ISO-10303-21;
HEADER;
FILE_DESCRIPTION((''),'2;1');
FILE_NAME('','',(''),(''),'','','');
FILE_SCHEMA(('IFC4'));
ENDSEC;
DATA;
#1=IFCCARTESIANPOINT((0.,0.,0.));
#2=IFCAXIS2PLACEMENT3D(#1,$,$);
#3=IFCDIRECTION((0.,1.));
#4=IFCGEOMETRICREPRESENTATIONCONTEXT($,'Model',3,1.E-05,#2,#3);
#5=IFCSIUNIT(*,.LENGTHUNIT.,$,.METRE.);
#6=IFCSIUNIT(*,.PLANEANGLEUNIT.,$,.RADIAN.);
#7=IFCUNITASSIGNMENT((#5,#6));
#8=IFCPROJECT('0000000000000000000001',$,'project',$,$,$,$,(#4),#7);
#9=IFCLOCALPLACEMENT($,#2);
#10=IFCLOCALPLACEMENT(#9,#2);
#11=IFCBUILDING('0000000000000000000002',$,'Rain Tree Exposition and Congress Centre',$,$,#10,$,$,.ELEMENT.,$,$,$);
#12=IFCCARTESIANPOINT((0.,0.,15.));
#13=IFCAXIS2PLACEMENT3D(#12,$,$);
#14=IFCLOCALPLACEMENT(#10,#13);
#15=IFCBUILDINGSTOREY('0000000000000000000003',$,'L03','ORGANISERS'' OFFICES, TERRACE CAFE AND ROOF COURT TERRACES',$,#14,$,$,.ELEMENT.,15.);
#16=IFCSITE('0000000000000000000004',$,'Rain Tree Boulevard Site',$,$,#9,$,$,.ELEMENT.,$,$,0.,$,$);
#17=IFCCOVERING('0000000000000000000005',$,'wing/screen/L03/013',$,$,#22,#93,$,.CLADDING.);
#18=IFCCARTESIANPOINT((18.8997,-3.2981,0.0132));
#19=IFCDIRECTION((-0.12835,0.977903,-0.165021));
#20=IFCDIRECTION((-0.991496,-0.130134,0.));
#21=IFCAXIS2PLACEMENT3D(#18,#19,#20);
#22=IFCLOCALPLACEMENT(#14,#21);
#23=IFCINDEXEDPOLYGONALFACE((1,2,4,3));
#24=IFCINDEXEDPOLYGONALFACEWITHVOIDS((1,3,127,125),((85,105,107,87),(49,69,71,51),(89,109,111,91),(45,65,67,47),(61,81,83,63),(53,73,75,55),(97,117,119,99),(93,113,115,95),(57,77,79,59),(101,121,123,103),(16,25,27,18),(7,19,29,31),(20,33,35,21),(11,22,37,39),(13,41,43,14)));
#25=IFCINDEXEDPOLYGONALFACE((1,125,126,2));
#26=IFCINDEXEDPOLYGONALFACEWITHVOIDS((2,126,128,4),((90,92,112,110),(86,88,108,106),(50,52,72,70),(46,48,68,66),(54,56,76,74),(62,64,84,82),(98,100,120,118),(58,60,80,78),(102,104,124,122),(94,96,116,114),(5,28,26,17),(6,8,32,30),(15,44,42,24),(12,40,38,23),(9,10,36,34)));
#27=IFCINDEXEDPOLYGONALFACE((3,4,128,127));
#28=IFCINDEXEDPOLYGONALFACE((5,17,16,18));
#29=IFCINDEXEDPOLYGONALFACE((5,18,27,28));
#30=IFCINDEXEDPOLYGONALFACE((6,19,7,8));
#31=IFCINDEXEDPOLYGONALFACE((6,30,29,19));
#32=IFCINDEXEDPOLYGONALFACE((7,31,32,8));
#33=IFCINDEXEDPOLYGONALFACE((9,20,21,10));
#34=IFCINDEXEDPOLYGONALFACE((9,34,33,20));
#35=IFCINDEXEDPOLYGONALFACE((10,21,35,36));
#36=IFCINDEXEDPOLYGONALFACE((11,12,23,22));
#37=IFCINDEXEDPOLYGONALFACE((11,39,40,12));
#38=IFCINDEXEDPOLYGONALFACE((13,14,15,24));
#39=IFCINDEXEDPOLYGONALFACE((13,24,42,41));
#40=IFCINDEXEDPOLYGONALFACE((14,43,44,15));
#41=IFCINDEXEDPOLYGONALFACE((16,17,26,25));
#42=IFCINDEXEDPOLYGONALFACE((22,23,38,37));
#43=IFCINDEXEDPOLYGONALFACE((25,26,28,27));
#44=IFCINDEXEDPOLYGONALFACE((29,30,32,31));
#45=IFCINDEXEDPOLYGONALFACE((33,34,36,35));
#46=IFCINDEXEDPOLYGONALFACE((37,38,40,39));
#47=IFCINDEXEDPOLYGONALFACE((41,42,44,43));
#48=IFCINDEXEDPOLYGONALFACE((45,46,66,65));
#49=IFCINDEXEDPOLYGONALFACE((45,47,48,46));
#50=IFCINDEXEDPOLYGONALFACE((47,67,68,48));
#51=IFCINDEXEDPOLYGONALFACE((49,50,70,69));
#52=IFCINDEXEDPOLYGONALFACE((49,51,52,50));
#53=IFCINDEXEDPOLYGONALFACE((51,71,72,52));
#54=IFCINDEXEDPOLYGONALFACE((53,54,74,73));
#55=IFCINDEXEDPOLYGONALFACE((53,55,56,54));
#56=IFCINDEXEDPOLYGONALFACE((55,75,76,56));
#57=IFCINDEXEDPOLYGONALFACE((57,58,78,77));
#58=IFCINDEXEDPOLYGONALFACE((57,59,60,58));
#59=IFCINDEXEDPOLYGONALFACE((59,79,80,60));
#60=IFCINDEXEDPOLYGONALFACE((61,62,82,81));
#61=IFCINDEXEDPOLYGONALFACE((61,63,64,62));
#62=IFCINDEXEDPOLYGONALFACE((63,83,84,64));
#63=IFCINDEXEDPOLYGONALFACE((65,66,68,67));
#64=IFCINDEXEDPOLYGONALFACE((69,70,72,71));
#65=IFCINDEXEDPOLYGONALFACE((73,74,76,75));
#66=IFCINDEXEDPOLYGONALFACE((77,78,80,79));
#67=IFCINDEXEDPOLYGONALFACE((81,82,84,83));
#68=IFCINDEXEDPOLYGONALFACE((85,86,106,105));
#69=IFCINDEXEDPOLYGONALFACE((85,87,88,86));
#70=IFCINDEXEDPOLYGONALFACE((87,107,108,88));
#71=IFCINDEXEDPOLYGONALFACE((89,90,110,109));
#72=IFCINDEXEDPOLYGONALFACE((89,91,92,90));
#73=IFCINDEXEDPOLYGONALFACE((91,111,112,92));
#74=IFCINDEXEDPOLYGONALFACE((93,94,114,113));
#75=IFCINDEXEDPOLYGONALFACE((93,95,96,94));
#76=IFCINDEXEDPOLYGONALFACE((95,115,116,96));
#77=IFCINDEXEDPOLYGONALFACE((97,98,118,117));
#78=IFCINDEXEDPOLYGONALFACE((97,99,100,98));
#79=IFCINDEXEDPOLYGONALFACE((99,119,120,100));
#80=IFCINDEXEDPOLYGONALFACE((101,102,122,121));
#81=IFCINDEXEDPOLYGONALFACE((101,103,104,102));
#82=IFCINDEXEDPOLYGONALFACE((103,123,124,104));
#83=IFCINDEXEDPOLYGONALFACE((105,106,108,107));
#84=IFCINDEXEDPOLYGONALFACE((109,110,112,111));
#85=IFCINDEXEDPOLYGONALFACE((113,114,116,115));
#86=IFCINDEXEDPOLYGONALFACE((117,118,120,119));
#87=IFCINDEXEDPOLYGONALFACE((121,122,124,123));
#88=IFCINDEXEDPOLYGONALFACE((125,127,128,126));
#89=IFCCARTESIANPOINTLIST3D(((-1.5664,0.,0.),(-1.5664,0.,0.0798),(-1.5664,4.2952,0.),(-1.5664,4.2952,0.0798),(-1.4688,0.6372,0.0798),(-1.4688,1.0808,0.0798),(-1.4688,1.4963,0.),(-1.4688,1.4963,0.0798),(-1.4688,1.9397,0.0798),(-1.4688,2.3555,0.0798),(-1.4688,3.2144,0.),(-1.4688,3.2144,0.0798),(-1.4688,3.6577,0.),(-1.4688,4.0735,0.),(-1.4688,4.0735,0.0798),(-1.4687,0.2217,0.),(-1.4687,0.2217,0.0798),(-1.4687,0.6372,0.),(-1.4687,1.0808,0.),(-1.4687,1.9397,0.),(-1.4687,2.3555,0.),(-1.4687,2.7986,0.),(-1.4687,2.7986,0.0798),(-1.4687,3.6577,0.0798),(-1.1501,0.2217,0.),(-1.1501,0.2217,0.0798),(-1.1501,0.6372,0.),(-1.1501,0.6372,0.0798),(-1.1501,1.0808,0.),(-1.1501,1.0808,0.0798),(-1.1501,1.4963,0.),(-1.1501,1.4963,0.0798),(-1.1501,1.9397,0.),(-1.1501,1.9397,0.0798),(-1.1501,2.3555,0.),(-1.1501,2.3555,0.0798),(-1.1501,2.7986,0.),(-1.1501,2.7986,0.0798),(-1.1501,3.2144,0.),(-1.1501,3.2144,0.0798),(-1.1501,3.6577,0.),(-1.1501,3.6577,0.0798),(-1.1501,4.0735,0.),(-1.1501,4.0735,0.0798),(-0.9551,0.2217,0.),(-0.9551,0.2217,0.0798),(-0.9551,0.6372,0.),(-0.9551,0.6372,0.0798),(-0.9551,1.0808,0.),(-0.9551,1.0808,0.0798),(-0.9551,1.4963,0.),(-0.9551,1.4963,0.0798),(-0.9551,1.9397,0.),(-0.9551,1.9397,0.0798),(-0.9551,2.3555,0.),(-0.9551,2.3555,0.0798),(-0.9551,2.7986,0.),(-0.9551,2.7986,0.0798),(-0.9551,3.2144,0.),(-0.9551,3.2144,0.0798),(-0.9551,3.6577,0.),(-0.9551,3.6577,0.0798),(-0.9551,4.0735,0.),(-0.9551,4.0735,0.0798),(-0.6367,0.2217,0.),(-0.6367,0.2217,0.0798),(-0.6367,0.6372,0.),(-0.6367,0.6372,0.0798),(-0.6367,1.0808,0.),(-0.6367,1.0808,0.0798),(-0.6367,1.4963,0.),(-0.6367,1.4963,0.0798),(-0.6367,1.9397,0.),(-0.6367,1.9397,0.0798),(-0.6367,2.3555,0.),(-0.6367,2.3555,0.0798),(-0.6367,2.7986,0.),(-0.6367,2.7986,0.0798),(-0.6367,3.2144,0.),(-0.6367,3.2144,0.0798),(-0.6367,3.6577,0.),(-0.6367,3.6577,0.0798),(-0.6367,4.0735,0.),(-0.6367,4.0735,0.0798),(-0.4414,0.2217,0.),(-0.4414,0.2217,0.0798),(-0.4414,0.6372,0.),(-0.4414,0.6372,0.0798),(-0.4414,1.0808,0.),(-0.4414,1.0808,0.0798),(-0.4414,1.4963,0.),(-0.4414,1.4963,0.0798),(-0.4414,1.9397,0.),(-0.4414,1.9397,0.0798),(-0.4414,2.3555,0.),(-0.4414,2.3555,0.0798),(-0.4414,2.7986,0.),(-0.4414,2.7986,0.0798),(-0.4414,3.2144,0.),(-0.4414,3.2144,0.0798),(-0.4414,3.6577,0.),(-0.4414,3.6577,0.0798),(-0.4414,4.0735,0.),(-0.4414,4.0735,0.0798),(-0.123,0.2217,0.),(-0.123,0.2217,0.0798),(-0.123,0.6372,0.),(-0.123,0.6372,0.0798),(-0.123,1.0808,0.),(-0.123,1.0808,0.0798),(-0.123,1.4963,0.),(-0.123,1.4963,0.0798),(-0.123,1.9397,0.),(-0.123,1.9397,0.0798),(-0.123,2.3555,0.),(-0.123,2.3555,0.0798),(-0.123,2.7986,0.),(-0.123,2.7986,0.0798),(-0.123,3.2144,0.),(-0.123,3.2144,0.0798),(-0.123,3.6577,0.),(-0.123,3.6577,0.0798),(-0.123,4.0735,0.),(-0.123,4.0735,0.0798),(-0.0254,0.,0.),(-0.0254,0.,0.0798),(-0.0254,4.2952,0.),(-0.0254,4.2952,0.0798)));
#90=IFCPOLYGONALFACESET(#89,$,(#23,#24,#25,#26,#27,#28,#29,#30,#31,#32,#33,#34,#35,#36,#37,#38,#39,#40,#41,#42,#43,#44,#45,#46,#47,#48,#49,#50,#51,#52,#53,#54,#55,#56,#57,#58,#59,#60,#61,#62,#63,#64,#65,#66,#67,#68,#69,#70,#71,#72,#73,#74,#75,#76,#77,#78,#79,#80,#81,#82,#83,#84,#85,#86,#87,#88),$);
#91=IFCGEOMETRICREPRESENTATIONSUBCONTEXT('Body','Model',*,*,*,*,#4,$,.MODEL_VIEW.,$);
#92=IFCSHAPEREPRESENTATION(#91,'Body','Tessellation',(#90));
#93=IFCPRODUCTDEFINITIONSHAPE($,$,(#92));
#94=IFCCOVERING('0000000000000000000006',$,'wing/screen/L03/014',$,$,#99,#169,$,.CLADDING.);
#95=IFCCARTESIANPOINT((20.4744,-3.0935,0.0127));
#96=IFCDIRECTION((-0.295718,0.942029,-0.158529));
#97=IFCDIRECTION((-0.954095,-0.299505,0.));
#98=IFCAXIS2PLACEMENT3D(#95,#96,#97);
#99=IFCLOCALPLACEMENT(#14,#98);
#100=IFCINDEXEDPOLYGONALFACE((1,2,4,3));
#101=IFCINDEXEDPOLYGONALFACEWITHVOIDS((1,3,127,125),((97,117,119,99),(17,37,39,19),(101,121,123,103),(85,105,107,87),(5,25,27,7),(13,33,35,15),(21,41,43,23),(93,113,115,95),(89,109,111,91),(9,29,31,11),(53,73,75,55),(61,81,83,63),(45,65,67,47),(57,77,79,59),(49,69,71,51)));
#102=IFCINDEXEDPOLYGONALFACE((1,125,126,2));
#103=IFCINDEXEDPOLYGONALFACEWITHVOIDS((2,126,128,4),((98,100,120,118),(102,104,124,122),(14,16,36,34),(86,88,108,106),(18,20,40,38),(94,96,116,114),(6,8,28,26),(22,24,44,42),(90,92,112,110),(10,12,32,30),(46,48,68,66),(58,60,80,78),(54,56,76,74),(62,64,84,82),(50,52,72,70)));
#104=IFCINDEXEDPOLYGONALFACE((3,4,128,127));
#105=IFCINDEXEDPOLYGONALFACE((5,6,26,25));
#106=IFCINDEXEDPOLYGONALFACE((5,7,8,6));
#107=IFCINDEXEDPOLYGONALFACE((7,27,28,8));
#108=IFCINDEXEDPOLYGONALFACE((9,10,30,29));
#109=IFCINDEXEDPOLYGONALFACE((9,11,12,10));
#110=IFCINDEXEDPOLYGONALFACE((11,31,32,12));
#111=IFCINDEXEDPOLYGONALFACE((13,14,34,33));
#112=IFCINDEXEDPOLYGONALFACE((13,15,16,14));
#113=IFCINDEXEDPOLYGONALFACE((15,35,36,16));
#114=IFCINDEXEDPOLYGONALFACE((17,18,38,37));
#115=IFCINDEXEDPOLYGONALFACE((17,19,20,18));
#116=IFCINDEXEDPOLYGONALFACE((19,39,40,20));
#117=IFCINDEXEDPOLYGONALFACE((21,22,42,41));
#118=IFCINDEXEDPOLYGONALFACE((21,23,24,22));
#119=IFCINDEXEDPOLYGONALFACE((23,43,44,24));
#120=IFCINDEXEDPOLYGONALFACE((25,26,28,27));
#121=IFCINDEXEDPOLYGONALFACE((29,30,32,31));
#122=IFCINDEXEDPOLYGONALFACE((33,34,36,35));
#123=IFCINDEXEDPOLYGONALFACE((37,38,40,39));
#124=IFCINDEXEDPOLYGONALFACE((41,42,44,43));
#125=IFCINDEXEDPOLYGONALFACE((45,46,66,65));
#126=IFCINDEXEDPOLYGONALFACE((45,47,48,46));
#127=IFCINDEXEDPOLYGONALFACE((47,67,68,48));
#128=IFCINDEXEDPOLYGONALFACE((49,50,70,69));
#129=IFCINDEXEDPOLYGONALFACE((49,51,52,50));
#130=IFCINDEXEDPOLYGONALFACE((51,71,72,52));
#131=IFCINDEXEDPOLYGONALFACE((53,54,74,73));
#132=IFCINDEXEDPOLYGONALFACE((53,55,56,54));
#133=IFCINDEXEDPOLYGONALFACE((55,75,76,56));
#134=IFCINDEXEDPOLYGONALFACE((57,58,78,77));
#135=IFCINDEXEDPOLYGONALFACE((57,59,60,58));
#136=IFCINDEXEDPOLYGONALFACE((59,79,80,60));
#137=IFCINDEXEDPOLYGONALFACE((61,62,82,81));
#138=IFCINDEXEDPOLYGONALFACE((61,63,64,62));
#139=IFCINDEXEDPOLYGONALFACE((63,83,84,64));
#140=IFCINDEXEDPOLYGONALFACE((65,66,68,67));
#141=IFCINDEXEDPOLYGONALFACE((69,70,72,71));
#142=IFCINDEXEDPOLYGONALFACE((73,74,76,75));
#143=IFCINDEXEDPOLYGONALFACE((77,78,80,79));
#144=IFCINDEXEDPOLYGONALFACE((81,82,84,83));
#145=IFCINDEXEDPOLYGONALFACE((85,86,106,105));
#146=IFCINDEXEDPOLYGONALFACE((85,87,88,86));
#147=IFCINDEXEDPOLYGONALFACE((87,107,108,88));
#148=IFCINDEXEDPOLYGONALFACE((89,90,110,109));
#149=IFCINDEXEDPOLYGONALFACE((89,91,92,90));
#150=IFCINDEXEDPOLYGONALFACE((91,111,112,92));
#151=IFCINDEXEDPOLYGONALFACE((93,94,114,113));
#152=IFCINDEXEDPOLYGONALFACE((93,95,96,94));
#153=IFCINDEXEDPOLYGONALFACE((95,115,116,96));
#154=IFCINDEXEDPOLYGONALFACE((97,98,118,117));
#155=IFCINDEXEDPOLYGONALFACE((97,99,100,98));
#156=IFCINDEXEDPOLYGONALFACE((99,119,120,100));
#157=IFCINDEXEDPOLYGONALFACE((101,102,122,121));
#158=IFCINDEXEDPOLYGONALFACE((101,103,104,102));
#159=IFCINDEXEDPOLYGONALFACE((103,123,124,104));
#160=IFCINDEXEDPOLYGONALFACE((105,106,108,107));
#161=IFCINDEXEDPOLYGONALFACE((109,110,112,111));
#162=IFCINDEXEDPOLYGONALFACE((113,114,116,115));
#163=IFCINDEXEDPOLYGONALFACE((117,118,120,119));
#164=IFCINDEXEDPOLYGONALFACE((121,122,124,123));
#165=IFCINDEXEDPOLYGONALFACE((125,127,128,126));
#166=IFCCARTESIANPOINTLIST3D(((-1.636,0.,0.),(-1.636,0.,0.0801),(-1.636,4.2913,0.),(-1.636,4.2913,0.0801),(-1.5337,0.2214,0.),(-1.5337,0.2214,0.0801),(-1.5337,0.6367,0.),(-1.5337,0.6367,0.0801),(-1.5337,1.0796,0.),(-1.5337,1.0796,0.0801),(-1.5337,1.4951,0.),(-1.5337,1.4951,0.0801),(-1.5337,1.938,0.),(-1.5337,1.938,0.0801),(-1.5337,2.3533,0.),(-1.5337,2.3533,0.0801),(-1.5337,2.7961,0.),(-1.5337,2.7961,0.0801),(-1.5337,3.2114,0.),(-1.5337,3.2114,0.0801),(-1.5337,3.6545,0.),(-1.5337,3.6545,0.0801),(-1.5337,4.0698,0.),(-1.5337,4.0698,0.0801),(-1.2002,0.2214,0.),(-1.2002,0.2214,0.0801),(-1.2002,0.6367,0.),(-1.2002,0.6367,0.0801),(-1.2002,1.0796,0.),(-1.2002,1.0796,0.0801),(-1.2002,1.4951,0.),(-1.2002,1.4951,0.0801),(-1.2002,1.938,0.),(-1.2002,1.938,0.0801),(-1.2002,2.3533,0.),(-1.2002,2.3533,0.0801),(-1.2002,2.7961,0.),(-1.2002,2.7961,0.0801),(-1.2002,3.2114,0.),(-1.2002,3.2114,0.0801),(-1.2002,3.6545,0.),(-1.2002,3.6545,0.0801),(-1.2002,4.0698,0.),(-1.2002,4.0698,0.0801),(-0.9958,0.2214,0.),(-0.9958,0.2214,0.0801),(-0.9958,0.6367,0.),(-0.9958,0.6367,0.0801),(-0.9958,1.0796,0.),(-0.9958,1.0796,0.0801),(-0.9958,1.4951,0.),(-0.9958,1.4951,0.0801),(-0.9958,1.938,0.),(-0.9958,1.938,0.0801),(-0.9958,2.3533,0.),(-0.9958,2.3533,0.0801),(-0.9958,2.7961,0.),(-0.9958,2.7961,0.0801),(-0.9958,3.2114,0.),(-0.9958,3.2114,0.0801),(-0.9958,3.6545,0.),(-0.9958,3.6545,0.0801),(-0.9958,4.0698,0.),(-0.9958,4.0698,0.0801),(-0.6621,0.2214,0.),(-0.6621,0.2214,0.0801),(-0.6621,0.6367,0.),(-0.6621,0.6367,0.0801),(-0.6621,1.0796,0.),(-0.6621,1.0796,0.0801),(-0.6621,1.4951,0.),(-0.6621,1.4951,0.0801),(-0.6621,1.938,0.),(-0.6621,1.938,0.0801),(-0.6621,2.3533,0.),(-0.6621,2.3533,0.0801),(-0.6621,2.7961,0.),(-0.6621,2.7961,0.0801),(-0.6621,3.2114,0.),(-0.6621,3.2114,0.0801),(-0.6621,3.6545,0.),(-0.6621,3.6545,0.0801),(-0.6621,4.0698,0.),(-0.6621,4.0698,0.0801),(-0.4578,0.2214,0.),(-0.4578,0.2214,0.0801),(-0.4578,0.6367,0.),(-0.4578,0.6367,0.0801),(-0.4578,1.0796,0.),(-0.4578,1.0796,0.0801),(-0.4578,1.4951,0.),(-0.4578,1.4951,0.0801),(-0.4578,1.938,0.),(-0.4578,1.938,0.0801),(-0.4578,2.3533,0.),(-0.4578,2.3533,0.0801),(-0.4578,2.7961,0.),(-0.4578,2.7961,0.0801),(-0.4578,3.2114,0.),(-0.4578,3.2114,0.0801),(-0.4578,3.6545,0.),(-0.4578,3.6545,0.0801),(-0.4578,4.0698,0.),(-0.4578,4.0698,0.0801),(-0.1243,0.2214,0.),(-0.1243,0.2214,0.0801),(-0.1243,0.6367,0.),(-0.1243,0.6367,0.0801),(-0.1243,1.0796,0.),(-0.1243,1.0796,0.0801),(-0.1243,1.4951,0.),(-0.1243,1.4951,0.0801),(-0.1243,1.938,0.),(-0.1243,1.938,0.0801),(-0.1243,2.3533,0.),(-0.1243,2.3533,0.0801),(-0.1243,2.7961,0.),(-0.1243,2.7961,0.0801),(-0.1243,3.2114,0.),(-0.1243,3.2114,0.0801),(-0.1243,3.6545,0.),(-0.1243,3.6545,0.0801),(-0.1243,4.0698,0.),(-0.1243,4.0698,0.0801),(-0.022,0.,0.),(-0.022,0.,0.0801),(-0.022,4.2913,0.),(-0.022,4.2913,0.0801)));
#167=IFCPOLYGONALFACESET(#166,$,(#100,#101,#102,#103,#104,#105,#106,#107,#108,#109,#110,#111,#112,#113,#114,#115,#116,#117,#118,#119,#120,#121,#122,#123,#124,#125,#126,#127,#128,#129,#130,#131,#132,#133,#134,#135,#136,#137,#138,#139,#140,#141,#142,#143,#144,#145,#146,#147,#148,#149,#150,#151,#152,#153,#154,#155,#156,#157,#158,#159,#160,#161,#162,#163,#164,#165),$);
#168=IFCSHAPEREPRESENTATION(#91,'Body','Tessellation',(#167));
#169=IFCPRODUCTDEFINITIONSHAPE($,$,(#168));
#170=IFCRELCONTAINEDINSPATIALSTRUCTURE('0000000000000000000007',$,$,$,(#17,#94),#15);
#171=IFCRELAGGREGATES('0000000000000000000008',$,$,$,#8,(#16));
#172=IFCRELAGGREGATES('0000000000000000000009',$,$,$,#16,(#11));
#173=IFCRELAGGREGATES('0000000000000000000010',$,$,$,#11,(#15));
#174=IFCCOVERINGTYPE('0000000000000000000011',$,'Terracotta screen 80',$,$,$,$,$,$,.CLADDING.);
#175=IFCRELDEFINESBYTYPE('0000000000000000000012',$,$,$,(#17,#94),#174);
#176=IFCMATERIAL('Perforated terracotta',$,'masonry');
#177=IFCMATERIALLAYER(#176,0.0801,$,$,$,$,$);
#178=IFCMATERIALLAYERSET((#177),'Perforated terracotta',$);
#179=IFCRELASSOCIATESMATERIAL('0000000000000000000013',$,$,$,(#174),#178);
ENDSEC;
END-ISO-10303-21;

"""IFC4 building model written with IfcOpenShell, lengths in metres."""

from ifc_helpers import new_model, si_unit, direction, frame, origin, place, context, subcontext, project, spatial, polyline, outline, extrude, material, layer, layer_set, type_object, element, save


model = new_model("IFC4")

# Units and contexts
model_context = context("Model", 3, precision=1e-05, world=origin(), true_north=direction((0.0, 1.0)))
body_context = subcontext(model_context, "Body", "Model", "MODEL_VIEW")
ifc_project = project(units=[si_unit("LENGTHUNIT", "METRE"), si_unit("PLANEANGLEUNIT", "RADIAN")], contexts=[model_context])

# Site, building, storey
site_placement = place(None, origin())
site = spatial("IfcSite", under=ifc_project, at=site_placement, Name="Rain Tree Boulevard Site", CompositionType="ELEMENT", RefElevation=0.0)
building_placement = place(site_placement, origin())
building = spatial("IfcBuilding", under=site, at=building_placement, Name="Rain Tree Exposition and Congress Centre", CompositionType="ELEMENT")
storey_placement = place(building_placement, frame((0.0, 0.0, 15.0)))
storey = spatial("IfcBuildingStorey", under=building, at=storey_placement, Name="L03", Description="ORGANISERS' OFFICES, TERRACE CAFE AND ROOF COURT TERRACES", CompositionType="ELEMENT", Elevation=15.0)

# Coverings
ifc_material_1 = material(Name="Perforated terracotta", Category="masonry")
ifc_layer_1 = layer(ifc_material_1, 0.0801)
ifc_layer_set_1 = layer_set([ifc_layer_1], Name="Perforated terracotta")
covering_type = type_object("IfcCoveringType", Name="Terracotta screen 80", PredefinedType="CLADDING", material=ifc_layer_set_1)
covering_1_placement = place(storey_placement, frame((18.8997, -3.2981, 0.0132), z_axis=(-0.12835, 0.977903, -0.165021), x_axis=(-0.991496, -0.130134, 0.0)))
element("IfcCovering", 1, at=covering_1_placement, inside=storey, type_object=covering_type, Name="wing/screen/L03/013", PredefinedType="CLADDING", context=body_context, shape_type="SweptSolid", body=[
    extrude(outline(polyline([(-1.5664, 0.0), (-1.5664, 4.2952), (-0.0254, 4.2952), (-0.0254, 0.0), (-1.5664, 0.0)]), holes=[polyline([(-0.123, 0.2217), (-0.123, 0.6372), (-0.4414, 0.6372), (-0.4414, 0.2217), (-0.123, 0.2217)]), polyline([(-0.123, 1.0808), (-0.123, 1.4963), (-0.4414, 1.4963), (-0.4414, 1.0808), (-0.123, 1.0808)]), polyline([(-0.123, 1.9397), (-0.123, 2.3555), (-0.4414, 2.3555), (-0.4414, 1.9397), (-0.123, 1.9397)]), polyline([(-0.123, 2.7986), (-0.123, 3.2144), (-0.4414, 3.2144), (-0.4414, 2.7986), (-0.123, 2.7986)]), polyline([(-0.123, 3.6577), (-0.123, 4.0735), (-0.4414, 4.0735), (-0.4414, 3.6577), (-0.123, 3.6577)]), polyline([(-0.6367, 0.2217), (-0.6367, 0.6372), (-0.9551, 0.6372), (-0.9551, 0.2217), (-0.6367, 0.2217)]), polyline([(-0.6367, 1.0808), (-0.6367, 1.4963), (-0.9551, 1.4963), (-0.9551, 1.0808), (-0.6367, 1.0808)]), polyline([(-0.6367, 1.9397), (-0.6367, 2.3555), (-0.9551, 2.3555), (-0.9551, 1.9397), (-0.6367, 1.9397)]), polyline([(-0.6367, 2.7986), (-0.6367, 3.2144), (-0.9551, 3.2144), (-0.9551, 2.7986), (-0.6367, 2.7986)]), polyline([(-0.6367, 3.6577), (-0.6367, 4.0735), (-0.9551, 4.0735), (-0.9551, 3.6577), (-0.6367, 3.6577)]), polyline([(-1.1501, 0.2217), (-1.1501, 0.6372), (-1.4688, 0.6372), (-1.4688, 0.2217), (-1.1501, 0.2217)]), polyline([(-1.1501, 1.0808), (-1.1501, 1.4963), (-1.4688, 1.4963), (-1.4688, 1.0808), (-1.1501, 1.0808)]), polyline([(-1.1501, 1.9397), (-1.1501, 2.3555), (-1.4688, 2.3555), (-1.4688, 1.9397), (-1.1501, 1.9397)]), polyline([(-1.1501, 2.7986), (-1.1501, 3.2144), (-1.4688, 3.2144), (-1.4688, 2.7986), (-1.1501, 2.7986)]), polyline([(-1.1501, 3.6577), (-1.1501, 4.0735), (-1.4688, 4.0735), (-1.4688, 3.6577), (-1.1501, 3.6577)])]), origin(), (0.0, 0.0, 1.0), 0.0798),
])
covering_2_placement = place(storey_placement, frame((20.4744, -3.0935, 0.0127), z_axis=(-0.295718, 0.942029, -0.158529), x_axis=(-0.954095, -0.299505, 0.0)))
element("IfcCovering", 2, at=covering_2_placement, inside=storey, type_object=covering_type, Name="wing/screen/L03/014", PredefinedType="CLADDING", context=body_context, shape_type="SweptSolid", body=[
    extrude(outline(polyline([(-1.636, 0.0), (-1.636, 4.2913), (-0.022, 4.2913), (-0.022, 0.0), (-1.636, 0.0)]), holes=[polyline([(-0.1243, 0.2214), (-0.1243, 0.6367), (-0.4578, 0.6367), (-0.4578, 0.2214), (-0.1243, 0.2214)]), polyline([(-0.1243, 1.0796), (-0.1243, 1.4951), (-0.4578, 1.4951), (-0.4578, 1.0796), (-0.1243, 1.0796)]), polyline([(-0.1243, 1.938), (-0.1243, 2.3533), (-0.4578, 2.3533), (-0.4578, 1.938), (-0.1243, 1.938)]), polyline([(-0.1243, 2.7961), (-0.1243, 3.2114), (-0.4578, 3.2114), (-0.4578, 2.7961), (-0.1243, 2.7961)]), polyline([(-0.1243, 3.6545), (-0.1243, 4.0698), (-0.4578, 4.0698), (-0.4578, 3.6545), (-0.1243, 3.6545)]), polyline([(-0.6621, 0.2214), (-0.6621, 0.6367), (-0.9958, 0.6367), (-0.9958, 0.2214), (-0.6621, 0.2214)]), polyline([(-0.6621, 1.0796), (-0.6621, 1.4951), (-0.9958, 1.4951), (-0.9958, 1.0796), (-0.6621, 1.0796)]), polyline([(-0.6621, 1.938), (-0.6621, 2.3533), (-0.9958, 2.3533), (-0.9958, 1.938), (-0.6621, 1.938)]), polyline([(-0.6621, 2.7961), (-0.6621, 3.2114), (-0.9958, 3.2114), (-0.9958, 2.7961), (-0.6621, 2.7961)]), polyline([(-0.6621, 3.6545), (-0.6621, 4.0698), (-0.9958, 4.0698), (-0.9958, 3.6545), (-0.6621, 3.6545)]), polyline([(-1.2002, 0.2214), (-1.2002, 0.6367), (-1.5337, 0.6367), (-1.5337, 0.2214), (-1.2002, 0.2214)]), polyline([(-1.2002, 1.0796), (-1.2002, 1.4951), (-1.5337, 1.4951), (-1.5337, 1.0796), (-1.2002, 1.0796)]), polyline([(-1.2002, 1.938), (-1.2002, 2.3533), (-1.5337, 2.3533), (-1.5337, 1.938), (-1.2002, 1.938)]), polyline([(-1.2002, 2.7961), (-1.2002, 3.2114), (-1.5337, 3.2114), (-1.5337, 2.7961), (-1.2002, 2.7961)]), polyline([(-1.2002, 3.6545), (-1.2002, 4.0698), (-1.5337, 4.0698), (-1.5337, 3.6545), (-1.2002, 3.6545)])]), origin(), (0.0, 0.0, 1.0), 0.0801),
])

save(model, "model.ifc")
